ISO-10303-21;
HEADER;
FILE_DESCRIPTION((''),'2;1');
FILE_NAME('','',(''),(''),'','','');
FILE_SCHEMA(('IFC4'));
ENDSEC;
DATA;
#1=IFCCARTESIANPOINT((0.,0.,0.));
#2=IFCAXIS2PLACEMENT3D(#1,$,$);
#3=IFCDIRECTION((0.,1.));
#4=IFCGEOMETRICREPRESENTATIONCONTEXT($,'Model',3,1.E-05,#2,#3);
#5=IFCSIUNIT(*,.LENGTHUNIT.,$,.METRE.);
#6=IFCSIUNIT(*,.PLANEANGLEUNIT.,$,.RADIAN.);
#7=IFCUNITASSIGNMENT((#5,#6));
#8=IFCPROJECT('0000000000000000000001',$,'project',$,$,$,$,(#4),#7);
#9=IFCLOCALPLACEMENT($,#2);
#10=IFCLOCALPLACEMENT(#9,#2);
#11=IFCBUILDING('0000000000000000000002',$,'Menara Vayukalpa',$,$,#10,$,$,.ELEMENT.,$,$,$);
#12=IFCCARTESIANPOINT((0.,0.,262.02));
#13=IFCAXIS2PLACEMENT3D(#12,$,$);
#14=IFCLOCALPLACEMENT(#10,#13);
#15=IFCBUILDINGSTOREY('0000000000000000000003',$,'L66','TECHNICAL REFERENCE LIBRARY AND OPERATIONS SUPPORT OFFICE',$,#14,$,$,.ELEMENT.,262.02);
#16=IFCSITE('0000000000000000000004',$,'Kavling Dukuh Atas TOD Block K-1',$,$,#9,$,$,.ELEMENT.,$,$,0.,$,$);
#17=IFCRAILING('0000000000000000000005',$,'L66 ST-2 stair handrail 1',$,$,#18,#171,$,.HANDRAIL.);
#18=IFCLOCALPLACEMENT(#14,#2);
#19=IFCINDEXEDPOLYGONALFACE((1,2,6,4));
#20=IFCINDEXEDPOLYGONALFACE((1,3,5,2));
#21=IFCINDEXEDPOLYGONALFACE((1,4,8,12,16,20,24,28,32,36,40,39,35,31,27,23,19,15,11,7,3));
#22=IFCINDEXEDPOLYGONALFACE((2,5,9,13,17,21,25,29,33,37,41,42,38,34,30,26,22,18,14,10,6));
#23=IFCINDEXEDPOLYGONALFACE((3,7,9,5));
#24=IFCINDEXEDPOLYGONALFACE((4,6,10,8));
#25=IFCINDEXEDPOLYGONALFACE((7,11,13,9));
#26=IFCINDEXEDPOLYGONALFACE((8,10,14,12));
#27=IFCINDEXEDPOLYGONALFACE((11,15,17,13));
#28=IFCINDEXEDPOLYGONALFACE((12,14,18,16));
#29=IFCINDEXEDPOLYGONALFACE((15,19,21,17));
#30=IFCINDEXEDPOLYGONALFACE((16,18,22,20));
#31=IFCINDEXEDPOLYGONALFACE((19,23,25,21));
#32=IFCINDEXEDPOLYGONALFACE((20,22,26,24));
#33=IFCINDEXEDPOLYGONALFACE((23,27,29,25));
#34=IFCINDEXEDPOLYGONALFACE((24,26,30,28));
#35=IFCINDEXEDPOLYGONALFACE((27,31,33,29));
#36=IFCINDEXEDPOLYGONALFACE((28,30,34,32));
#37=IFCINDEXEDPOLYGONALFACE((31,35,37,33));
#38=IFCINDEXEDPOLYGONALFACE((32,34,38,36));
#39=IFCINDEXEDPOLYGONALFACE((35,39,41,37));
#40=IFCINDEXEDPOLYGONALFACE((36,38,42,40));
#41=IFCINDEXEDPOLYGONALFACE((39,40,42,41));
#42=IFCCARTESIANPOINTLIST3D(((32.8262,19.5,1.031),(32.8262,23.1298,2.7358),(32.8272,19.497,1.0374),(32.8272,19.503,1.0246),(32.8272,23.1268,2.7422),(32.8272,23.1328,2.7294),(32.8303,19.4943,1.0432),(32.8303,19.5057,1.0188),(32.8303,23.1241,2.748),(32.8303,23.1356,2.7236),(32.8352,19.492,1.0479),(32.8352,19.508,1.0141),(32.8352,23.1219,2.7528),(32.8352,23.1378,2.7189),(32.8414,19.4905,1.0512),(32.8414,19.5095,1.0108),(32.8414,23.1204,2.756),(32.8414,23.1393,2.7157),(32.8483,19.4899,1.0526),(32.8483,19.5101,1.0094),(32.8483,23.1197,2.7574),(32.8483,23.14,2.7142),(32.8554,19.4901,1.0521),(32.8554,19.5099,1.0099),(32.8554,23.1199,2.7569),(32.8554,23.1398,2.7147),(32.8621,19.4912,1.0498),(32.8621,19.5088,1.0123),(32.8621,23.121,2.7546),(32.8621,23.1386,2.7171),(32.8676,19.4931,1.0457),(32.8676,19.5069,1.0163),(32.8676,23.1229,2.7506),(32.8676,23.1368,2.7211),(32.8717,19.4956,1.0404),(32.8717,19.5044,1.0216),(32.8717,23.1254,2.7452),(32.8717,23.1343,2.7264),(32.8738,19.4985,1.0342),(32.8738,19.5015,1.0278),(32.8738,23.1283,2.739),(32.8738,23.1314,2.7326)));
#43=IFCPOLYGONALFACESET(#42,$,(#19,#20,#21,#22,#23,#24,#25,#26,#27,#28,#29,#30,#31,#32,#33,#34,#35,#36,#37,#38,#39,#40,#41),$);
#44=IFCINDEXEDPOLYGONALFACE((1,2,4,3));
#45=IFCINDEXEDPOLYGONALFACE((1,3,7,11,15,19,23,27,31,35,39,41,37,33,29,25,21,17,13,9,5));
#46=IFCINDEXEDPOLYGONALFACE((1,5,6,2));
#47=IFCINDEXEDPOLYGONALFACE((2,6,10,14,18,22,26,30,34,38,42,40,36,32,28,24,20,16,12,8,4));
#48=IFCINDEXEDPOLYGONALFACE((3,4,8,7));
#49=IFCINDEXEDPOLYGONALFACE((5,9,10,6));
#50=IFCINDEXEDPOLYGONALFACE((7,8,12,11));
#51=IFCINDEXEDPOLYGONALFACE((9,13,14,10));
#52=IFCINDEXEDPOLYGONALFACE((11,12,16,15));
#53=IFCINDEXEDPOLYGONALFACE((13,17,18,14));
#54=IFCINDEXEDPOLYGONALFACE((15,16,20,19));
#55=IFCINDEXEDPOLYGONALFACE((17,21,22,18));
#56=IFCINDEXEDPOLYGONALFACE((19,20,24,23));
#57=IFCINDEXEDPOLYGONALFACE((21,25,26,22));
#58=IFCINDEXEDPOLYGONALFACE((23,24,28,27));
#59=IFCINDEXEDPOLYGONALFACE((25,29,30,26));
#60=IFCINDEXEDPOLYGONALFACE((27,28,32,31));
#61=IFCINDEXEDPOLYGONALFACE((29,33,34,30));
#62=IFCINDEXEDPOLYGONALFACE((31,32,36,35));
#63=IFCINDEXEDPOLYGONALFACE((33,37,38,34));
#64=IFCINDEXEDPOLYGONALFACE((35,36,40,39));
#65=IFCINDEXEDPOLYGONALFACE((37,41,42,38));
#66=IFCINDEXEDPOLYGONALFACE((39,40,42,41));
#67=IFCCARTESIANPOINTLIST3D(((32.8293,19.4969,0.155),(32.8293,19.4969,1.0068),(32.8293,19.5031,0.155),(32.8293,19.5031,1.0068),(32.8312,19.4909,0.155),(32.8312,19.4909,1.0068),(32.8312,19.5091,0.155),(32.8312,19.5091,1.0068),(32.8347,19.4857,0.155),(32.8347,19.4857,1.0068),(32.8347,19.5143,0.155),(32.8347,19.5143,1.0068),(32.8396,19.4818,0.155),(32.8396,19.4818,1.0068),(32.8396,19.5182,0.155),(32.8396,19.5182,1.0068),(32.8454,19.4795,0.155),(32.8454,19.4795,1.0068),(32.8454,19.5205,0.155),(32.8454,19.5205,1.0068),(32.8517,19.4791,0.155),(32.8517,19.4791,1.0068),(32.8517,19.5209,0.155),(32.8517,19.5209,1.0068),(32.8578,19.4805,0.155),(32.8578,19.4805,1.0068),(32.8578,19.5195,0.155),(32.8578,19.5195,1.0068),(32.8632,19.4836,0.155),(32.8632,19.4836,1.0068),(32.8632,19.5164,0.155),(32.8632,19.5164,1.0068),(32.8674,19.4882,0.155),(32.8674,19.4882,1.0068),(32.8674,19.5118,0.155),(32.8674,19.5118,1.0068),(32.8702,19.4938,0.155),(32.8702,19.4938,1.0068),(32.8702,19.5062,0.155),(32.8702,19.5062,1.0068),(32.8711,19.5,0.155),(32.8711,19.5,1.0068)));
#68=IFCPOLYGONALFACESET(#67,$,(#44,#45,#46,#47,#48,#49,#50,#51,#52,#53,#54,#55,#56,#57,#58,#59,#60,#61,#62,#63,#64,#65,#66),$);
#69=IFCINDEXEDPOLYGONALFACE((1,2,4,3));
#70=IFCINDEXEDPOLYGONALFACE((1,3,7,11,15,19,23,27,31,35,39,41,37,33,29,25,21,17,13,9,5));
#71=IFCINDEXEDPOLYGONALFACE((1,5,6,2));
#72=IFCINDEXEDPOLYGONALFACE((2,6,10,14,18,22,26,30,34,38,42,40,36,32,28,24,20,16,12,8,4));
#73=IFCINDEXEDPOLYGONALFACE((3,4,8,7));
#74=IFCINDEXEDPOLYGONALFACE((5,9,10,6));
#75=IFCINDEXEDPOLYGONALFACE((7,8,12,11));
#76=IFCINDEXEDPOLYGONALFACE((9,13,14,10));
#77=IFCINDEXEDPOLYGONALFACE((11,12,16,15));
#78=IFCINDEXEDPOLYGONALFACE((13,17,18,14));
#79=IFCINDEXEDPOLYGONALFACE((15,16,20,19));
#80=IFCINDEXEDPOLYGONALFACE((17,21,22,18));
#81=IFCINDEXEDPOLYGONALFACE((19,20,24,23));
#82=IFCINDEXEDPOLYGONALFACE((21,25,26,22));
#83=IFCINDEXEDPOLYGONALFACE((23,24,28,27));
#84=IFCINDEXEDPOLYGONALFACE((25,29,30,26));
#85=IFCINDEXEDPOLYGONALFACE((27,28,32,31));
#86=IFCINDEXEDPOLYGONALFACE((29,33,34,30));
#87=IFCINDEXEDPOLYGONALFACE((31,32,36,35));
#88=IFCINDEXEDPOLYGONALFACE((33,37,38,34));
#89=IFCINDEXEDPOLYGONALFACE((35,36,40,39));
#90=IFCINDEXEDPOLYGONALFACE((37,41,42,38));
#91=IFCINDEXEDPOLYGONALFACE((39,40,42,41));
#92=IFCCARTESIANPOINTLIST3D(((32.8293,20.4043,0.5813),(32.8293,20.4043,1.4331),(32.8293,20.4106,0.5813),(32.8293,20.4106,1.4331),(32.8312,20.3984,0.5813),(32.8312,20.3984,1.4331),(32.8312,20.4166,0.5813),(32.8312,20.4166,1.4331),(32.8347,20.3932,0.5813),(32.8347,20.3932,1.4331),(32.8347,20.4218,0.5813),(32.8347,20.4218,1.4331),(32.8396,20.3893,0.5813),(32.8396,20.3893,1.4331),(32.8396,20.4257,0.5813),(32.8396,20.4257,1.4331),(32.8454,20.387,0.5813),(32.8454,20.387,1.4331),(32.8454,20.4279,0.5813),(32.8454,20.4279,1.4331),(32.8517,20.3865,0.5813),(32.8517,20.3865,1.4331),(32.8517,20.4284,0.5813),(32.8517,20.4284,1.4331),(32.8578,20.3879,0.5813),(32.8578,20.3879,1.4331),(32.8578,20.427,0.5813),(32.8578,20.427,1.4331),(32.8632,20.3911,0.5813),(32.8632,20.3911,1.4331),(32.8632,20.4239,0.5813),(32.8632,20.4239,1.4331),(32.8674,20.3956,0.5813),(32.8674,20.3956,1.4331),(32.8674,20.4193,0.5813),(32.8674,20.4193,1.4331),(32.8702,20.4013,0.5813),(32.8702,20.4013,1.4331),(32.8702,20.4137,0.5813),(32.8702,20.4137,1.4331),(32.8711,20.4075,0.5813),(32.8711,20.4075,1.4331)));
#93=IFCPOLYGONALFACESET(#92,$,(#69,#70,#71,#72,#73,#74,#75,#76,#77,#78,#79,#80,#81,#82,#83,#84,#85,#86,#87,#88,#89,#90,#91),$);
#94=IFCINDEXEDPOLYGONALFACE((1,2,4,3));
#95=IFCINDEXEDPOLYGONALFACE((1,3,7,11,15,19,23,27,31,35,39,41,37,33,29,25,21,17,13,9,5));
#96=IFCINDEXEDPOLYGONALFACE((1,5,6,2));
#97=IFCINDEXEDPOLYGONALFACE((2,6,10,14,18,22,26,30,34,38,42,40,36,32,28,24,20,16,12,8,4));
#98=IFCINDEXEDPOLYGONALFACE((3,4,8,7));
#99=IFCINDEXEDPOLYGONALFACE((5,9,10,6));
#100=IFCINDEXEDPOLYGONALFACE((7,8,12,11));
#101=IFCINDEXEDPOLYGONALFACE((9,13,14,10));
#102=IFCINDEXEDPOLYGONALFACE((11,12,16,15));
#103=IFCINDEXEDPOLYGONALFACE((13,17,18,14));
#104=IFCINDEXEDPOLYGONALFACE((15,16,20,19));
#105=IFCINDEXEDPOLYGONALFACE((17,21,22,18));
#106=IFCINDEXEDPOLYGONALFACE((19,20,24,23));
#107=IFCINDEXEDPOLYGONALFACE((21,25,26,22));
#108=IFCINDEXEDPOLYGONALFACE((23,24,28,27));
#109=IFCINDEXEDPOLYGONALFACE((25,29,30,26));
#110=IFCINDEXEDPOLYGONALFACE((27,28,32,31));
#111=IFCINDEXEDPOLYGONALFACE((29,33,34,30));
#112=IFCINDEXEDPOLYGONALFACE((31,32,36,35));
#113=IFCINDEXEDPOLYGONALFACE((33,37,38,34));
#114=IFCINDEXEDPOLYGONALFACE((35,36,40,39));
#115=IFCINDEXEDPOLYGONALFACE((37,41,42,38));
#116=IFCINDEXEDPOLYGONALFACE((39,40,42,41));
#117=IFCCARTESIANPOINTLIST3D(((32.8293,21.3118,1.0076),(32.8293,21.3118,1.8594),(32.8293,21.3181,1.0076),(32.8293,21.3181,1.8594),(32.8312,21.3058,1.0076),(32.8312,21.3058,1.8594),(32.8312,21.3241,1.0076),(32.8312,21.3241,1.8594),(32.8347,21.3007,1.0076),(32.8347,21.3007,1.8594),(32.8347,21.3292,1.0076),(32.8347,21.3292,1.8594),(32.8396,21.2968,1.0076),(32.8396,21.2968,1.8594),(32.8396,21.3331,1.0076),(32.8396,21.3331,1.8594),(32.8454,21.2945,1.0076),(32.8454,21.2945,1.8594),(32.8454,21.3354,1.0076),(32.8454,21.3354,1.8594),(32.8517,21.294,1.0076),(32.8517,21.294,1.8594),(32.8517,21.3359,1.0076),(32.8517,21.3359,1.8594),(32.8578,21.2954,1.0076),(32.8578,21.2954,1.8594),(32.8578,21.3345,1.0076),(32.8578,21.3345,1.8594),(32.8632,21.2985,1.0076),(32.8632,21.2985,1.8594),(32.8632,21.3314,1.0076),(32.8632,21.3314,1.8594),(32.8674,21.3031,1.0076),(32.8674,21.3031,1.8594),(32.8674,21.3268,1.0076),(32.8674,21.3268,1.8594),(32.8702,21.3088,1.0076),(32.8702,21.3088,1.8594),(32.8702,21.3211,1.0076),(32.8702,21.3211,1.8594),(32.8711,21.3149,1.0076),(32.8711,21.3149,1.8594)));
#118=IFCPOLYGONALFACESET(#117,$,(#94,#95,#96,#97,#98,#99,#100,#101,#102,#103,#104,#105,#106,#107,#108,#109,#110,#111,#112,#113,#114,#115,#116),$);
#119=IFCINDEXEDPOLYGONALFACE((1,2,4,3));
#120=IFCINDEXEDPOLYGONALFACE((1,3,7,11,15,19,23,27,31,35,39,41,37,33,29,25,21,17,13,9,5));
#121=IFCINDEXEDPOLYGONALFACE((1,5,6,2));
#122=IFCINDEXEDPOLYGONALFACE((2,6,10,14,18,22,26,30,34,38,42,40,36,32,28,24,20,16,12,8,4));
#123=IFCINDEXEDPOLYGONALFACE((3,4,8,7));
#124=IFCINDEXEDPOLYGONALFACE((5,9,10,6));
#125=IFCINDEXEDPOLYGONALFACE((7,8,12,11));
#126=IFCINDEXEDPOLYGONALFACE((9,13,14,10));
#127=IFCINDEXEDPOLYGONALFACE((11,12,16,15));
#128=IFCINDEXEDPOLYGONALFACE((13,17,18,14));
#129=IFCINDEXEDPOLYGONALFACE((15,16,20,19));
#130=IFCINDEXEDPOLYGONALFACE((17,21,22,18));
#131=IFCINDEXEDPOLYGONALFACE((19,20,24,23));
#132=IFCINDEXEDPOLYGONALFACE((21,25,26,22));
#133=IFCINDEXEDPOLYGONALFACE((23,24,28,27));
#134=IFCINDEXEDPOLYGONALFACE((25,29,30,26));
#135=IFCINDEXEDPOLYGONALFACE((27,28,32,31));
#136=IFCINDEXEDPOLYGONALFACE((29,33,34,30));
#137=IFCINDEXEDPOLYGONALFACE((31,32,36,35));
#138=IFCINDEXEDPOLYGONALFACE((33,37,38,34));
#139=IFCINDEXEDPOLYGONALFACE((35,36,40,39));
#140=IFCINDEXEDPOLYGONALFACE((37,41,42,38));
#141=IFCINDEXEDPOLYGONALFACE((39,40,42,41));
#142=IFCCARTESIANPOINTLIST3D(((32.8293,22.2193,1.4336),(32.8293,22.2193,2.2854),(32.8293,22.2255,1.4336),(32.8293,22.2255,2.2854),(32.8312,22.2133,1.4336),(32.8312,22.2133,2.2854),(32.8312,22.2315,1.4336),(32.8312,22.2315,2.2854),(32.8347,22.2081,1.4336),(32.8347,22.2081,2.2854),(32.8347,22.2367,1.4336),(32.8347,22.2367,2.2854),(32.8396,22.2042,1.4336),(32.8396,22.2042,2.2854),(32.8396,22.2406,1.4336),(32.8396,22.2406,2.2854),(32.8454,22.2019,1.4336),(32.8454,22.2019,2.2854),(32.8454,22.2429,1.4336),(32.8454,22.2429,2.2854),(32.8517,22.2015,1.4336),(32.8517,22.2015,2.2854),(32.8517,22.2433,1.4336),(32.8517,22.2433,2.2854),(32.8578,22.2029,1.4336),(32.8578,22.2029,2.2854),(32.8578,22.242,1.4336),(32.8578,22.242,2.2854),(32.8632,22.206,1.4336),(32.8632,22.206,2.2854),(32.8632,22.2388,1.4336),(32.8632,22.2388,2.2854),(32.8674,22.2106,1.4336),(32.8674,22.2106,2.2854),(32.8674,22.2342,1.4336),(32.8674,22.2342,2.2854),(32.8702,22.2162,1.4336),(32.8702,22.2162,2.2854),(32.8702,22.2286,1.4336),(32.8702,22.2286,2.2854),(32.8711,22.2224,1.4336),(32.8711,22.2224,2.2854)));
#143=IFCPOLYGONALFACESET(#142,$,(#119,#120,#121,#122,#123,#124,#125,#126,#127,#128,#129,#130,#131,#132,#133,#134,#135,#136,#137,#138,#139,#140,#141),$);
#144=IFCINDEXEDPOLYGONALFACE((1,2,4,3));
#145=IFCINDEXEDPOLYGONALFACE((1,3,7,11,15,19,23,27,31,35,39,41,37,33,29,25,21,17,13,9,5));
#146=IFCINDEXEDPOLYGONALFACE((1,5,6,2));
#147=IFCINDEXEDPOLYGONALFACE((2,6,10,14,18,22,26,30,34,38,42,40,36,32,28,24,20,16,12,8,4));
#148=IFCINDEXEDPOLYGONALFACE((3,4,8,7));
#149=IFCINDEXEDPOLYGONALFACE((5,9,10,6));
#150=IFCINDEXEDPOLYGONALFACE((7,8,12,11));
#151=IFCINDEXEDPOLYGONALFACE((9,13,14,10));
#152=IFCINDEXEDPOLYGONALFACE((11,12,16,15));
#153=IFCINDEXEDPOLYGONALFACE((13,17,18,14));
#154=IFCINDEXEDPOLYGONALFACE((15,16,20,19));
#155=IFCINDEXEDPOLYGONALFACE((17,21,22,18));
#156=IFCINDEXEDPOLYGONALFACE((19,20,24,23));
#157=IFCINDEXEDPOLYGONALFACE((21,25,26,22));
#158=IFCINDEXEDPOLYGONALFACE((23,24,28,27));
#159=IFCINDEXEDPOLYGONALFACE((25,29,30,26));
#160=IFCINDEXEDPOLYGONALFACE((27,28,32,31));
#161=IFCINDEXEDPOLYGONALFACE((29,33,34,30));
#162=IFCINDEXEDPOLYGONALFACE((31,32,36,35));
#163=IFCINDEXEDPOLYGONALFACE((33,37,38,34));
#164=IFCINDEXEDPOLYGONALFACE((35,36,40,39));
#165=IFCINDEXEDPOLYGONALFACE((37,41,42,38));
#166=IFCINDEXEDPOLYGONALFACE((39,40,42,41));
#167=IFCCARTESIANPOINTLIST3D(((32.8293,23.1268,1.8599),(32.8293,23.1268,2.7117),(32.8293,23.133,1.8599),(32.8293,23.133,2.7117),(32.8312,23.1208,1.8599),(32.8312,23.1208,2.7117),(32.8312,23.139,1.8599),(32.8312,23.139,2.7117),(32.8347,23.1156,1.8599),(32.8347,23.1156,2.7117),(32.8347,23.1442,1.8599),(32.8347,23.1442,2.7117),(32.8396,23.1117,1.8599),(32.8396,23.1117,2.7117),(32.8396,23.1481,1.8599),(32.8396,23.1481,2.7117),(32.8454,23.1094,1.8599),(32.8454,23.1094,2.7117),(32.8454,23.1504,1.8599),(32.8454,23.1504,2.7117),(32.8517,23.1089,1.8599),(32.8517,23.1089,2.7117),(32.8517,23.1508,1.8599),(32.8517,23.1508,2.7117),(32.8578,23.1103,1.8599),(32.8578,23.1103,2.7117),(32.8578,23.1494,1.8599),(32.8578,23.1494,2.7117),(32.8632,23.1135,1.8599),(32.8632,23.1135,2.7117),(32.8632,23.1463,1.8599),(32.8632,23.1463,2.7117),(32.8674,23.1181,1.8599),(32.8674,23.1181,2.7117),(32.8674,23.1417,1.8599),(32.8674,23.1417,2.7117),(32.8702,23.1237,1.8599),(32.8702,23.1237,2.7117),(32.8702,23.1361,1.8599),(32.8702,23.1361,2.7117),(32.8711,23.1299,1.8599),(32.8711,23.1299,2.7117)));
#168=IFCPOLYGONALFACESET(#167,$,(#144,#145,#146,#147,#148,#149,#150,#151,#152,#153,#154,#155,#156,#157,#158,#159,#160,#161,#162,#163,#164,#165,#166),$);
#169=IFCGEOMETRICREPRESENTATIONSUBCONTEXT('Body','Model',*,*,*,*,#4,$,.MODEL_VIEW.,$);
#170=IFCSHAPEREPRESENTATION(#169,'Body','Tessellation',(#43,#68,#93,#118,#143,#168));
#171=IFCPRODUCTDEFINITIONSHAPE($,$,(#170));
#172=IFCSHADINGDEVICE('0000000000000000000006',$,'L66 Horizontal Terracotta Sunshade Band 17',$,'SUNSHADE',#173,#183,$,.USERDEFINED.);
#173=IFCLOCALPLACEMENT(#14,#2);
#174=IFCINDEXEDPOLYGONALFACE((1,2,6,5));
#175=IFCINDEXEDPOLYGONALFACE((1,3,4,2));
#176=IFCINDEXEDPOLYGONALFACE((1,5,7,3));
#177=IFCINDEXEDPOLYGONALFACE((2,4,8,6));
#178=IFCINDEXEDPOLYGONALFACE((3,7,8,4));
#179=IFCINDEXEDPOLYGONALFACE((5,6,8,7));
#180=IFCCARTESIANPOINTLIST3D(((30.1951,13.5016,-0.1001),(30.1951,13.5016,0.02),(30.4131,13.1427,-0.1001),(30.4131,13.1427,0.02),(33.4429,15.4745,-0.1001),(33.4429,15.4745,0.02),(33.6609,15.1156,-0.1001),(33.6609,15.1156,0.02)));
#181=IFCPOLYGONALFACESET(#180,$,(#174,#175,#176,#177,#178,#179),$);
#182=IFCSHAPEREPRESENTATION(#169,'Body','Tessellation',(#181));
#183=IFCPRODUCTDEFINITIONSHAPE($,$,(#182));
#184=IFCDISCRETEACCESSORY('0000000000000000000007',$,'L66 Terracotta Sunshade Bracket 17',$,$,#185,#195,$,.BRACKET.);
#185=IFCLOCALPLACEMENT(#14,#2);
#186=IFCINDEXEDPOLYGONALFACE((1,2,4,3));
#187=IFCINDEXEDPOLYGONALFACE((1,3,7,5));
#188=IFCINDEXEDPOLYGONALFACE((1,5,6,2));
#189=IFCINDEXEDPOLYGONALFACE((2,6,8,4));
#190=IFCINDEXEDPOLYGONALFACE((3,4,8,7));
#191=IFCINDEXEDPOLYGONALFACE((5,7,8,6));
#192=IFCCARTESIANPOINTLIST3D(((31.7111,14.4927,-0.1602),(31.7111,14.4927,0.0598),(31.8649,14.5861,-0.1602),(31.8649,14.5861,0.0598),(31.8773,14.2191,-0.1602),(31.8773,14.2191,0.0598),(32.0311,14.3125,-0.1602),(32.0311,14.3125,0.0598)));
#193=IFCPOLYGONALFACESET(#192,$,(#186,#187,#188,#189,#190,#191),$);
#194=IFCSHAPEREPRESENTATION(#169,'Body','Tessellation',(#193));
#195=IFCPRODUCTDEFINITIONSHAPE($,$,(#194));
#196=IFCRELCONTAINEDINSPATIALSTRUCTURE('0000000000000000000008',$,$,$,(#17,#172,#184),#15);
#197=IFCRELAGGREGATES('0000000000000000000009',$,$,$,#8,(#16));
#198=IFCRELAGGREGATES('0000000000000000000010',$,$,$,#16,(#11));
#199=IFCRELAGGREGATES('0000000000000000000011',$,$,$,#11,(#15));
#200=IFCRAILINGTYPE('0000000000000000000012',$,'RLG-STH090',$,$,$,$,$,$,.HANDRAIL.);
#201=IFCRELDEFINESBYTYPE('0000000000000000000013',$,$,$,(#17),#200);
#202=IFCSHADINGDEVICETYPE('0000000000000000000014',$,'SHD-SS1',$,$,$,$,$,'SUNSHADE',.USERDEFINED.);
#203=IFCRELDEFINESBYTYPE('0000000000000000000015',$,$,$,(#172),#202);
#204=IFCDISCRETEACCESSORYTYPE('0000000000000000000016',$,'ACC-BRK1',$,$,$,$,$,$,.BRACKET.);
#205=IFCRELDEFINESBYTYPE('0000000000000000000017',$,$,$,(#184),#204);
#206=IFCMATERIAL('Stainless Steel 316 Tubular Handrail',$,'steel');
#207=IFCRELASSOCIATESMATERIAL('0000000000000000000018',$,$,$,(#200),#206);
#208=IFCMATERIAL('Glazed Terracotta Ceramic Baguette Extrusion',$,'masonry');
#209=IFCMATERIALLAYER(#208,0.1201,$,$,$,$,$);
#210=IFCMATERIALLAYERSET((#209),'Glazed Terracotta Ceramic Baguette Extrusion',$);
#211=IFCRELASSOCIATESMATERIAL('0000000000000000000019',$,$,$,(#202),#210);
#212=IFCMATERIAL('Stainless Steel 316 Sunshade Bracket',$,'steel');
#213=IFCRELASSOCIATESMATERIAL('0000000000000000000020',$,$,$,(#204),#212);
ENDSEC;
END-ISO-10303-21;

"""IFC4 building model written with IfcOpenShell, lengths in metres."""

from ifc_helpers import new_model, si_unit, direction, frame, origin, origin_2d, place, context, subcontext, project, spatial, rectangle, circle, extrude, material, layer, layer_set, type_object, element, save


model = new_model("IFC4")

# Units and contexts
model_context = context("Model", 3, precision=1e-05, world=origin(), true_north=direction((0.0, 1.0)))
body_context = subcontext(model_context, "Body", "Model", "MODEL_VIEW")
ifc_project = project(units=[si_unit("LENGTHUNIT", "METRE"), si_unit("PLANEANGLEUNIT", "RADIAN")], contexts=[model_context])

# Site, building, storey
site_placement = place(None, origin())
site = spatial("IfcSite", under=ifc_project, at=site_placement, Name="Kavling Dukuh Atas TOD Block K-1", CompositionType="ELEMENT", RefElevation=0.0)
building_placement = place(site_placement, origin())
building = spatial("IfcBuilding", under=site, at=building_placement, Name="Menara Vayukalpa", CompositionType="ELEMENT")
storey_placement = place(building_placement, frame((0.0, 0.0, 262.02)))
storey = spatial("IfcBuildingStorey", under=building, at=storey_placement, Name="L66", Description="TECHNICAL REFERENCE LIBRARY AND OPERATIONS SUPPORT OFFICE", CompositionType="ELEMENT", Elevation=262.02)

# Railing
ifc_material_1 = material(Name="Stainless Steel 316 Tubular Handrail", Category="steel")
railing_type_1 = type_object("IfcRailingType", Name="RLG-STH090", PredefinedType="HANDRAIL", material=ifc_material_1)
railing_1_placement = place(storey_placement, frame((32.8501, 19.5, 0.155)))
element("IfcRailing", 1, at=railing_1_placement, inside=storey, type_object=railing_type_1, Name="L66 ST-2 stair handrail 1", PredefinedType="HANDRAIL", context=body_context, shape_type="SweptSolid", body=[
    extrude(circle(Radius=0.0239, at=origin_2d()), frame((0.0, 0.0, 0.876), z_axis=(0.0, 0.90514, 0.425114), x_axis=(-1.0, 0.0, 0.0)), (0.0, 0.0, 1.0), 4.0103),
    extrude(circle(Radius=0.021, at=origin_2d()), origin(), (0.0, 0.0, 1.0), 0.8518),
    extrude(circle(Radius=0.021, at=origin_2d()), frame((0.0, 0.9075, 0.4263)), (0.0, 0.0, 1.0), 0.8518),
    extrude(circle(Radius=0.021, at=origin_2d()), frame((0.0, 1.8149, 0.8525)), (0.0, 0.0, 1.0), 0.8518),
    extrude(circle(Radius=0.021, at=origin_2d()), frame((0.0, 2.7224, 1.2786)), (0.0, 0.0, 1.0), 0.8518),
    extrude(circle(Radius=0.021, at=origin_2d()), frame((0.0, 3.6299, 1.7048)), (0.0, 0.0, 1.0), 0.8518),
])

# Shading device
ifc_material_2 = material(Name="Glazed Terracotta Ceramic Baguette Extrusion", Category="masonry")
ifc_layer_1 = layer(ifc_material_2, 0.1201)
ifc_layer_set_1 = layer_set([ifc_layer_1], Name="Glazed Terracotta Ceramic Baguette Extrusion")
shading_device_type = type_object("IfcShadingDeviceType", Name="SHD-SS1", ElementType="SUNSHADE", PredefinedType="USERDEFINED", material=ifc_layer_set_1)
shading_device_placement = place(storey_placement, frame((31.928, 14.3086, -0.1001), z_axis=(0.0, 0.0, 1.0), x_axis=(0.854667, 0.519176, 0.0)))
element("IfcShadingDevice", 2, at=shading_device_placement, inside=storey, type_object=shading_device_type, Name="L66 Horizontal Terracotta Sunshade Band 17", ObjectType="SUNSHADE", PredefinedType="USERDEFINED", context=body_context, shape_type="SweptSolid", body=[
    extrude(rectangle(XDim=3.8, YDim=0.4199, at=origin_2d()), origin(), (0.0, 0.0, 1.0), 0.1201),
])

# Discrete accessory
ifc_material_3 = material(Name="Stainless Steel 316 Sunshade Bracket", Category="steel")
discrete_accessory_type = type_object("IfcDiscreteAccessoryType", Name="ACC-BRK1", PredefinedType="BRACKET", material=ifc_material_3)
discrete_accessory_placement = place(storey_placement, frame((31.8711, 14.4026, -0.1602), z_axis=(0.0, 0.0, 1.0), x_axis=(0.854667, 0.519176, 0.0)))
element("IfcDiscreteAccessory", 3, at=discrete_accessory_placement, inside=storey, type_object=discrete_accessory_type, Name="L66 Terracotta Sunshade Bracket 17", PredefinedType="BRACKET", context=body_context, shape_type="SweptSolid", body=[
    extrude(rectangle(XDim=0.1799, YDim=0.3201, at=origin_2d()), origin(), (0.0, 0.0, 1.0), 0.22),
])

save(model, "model.ifc")
